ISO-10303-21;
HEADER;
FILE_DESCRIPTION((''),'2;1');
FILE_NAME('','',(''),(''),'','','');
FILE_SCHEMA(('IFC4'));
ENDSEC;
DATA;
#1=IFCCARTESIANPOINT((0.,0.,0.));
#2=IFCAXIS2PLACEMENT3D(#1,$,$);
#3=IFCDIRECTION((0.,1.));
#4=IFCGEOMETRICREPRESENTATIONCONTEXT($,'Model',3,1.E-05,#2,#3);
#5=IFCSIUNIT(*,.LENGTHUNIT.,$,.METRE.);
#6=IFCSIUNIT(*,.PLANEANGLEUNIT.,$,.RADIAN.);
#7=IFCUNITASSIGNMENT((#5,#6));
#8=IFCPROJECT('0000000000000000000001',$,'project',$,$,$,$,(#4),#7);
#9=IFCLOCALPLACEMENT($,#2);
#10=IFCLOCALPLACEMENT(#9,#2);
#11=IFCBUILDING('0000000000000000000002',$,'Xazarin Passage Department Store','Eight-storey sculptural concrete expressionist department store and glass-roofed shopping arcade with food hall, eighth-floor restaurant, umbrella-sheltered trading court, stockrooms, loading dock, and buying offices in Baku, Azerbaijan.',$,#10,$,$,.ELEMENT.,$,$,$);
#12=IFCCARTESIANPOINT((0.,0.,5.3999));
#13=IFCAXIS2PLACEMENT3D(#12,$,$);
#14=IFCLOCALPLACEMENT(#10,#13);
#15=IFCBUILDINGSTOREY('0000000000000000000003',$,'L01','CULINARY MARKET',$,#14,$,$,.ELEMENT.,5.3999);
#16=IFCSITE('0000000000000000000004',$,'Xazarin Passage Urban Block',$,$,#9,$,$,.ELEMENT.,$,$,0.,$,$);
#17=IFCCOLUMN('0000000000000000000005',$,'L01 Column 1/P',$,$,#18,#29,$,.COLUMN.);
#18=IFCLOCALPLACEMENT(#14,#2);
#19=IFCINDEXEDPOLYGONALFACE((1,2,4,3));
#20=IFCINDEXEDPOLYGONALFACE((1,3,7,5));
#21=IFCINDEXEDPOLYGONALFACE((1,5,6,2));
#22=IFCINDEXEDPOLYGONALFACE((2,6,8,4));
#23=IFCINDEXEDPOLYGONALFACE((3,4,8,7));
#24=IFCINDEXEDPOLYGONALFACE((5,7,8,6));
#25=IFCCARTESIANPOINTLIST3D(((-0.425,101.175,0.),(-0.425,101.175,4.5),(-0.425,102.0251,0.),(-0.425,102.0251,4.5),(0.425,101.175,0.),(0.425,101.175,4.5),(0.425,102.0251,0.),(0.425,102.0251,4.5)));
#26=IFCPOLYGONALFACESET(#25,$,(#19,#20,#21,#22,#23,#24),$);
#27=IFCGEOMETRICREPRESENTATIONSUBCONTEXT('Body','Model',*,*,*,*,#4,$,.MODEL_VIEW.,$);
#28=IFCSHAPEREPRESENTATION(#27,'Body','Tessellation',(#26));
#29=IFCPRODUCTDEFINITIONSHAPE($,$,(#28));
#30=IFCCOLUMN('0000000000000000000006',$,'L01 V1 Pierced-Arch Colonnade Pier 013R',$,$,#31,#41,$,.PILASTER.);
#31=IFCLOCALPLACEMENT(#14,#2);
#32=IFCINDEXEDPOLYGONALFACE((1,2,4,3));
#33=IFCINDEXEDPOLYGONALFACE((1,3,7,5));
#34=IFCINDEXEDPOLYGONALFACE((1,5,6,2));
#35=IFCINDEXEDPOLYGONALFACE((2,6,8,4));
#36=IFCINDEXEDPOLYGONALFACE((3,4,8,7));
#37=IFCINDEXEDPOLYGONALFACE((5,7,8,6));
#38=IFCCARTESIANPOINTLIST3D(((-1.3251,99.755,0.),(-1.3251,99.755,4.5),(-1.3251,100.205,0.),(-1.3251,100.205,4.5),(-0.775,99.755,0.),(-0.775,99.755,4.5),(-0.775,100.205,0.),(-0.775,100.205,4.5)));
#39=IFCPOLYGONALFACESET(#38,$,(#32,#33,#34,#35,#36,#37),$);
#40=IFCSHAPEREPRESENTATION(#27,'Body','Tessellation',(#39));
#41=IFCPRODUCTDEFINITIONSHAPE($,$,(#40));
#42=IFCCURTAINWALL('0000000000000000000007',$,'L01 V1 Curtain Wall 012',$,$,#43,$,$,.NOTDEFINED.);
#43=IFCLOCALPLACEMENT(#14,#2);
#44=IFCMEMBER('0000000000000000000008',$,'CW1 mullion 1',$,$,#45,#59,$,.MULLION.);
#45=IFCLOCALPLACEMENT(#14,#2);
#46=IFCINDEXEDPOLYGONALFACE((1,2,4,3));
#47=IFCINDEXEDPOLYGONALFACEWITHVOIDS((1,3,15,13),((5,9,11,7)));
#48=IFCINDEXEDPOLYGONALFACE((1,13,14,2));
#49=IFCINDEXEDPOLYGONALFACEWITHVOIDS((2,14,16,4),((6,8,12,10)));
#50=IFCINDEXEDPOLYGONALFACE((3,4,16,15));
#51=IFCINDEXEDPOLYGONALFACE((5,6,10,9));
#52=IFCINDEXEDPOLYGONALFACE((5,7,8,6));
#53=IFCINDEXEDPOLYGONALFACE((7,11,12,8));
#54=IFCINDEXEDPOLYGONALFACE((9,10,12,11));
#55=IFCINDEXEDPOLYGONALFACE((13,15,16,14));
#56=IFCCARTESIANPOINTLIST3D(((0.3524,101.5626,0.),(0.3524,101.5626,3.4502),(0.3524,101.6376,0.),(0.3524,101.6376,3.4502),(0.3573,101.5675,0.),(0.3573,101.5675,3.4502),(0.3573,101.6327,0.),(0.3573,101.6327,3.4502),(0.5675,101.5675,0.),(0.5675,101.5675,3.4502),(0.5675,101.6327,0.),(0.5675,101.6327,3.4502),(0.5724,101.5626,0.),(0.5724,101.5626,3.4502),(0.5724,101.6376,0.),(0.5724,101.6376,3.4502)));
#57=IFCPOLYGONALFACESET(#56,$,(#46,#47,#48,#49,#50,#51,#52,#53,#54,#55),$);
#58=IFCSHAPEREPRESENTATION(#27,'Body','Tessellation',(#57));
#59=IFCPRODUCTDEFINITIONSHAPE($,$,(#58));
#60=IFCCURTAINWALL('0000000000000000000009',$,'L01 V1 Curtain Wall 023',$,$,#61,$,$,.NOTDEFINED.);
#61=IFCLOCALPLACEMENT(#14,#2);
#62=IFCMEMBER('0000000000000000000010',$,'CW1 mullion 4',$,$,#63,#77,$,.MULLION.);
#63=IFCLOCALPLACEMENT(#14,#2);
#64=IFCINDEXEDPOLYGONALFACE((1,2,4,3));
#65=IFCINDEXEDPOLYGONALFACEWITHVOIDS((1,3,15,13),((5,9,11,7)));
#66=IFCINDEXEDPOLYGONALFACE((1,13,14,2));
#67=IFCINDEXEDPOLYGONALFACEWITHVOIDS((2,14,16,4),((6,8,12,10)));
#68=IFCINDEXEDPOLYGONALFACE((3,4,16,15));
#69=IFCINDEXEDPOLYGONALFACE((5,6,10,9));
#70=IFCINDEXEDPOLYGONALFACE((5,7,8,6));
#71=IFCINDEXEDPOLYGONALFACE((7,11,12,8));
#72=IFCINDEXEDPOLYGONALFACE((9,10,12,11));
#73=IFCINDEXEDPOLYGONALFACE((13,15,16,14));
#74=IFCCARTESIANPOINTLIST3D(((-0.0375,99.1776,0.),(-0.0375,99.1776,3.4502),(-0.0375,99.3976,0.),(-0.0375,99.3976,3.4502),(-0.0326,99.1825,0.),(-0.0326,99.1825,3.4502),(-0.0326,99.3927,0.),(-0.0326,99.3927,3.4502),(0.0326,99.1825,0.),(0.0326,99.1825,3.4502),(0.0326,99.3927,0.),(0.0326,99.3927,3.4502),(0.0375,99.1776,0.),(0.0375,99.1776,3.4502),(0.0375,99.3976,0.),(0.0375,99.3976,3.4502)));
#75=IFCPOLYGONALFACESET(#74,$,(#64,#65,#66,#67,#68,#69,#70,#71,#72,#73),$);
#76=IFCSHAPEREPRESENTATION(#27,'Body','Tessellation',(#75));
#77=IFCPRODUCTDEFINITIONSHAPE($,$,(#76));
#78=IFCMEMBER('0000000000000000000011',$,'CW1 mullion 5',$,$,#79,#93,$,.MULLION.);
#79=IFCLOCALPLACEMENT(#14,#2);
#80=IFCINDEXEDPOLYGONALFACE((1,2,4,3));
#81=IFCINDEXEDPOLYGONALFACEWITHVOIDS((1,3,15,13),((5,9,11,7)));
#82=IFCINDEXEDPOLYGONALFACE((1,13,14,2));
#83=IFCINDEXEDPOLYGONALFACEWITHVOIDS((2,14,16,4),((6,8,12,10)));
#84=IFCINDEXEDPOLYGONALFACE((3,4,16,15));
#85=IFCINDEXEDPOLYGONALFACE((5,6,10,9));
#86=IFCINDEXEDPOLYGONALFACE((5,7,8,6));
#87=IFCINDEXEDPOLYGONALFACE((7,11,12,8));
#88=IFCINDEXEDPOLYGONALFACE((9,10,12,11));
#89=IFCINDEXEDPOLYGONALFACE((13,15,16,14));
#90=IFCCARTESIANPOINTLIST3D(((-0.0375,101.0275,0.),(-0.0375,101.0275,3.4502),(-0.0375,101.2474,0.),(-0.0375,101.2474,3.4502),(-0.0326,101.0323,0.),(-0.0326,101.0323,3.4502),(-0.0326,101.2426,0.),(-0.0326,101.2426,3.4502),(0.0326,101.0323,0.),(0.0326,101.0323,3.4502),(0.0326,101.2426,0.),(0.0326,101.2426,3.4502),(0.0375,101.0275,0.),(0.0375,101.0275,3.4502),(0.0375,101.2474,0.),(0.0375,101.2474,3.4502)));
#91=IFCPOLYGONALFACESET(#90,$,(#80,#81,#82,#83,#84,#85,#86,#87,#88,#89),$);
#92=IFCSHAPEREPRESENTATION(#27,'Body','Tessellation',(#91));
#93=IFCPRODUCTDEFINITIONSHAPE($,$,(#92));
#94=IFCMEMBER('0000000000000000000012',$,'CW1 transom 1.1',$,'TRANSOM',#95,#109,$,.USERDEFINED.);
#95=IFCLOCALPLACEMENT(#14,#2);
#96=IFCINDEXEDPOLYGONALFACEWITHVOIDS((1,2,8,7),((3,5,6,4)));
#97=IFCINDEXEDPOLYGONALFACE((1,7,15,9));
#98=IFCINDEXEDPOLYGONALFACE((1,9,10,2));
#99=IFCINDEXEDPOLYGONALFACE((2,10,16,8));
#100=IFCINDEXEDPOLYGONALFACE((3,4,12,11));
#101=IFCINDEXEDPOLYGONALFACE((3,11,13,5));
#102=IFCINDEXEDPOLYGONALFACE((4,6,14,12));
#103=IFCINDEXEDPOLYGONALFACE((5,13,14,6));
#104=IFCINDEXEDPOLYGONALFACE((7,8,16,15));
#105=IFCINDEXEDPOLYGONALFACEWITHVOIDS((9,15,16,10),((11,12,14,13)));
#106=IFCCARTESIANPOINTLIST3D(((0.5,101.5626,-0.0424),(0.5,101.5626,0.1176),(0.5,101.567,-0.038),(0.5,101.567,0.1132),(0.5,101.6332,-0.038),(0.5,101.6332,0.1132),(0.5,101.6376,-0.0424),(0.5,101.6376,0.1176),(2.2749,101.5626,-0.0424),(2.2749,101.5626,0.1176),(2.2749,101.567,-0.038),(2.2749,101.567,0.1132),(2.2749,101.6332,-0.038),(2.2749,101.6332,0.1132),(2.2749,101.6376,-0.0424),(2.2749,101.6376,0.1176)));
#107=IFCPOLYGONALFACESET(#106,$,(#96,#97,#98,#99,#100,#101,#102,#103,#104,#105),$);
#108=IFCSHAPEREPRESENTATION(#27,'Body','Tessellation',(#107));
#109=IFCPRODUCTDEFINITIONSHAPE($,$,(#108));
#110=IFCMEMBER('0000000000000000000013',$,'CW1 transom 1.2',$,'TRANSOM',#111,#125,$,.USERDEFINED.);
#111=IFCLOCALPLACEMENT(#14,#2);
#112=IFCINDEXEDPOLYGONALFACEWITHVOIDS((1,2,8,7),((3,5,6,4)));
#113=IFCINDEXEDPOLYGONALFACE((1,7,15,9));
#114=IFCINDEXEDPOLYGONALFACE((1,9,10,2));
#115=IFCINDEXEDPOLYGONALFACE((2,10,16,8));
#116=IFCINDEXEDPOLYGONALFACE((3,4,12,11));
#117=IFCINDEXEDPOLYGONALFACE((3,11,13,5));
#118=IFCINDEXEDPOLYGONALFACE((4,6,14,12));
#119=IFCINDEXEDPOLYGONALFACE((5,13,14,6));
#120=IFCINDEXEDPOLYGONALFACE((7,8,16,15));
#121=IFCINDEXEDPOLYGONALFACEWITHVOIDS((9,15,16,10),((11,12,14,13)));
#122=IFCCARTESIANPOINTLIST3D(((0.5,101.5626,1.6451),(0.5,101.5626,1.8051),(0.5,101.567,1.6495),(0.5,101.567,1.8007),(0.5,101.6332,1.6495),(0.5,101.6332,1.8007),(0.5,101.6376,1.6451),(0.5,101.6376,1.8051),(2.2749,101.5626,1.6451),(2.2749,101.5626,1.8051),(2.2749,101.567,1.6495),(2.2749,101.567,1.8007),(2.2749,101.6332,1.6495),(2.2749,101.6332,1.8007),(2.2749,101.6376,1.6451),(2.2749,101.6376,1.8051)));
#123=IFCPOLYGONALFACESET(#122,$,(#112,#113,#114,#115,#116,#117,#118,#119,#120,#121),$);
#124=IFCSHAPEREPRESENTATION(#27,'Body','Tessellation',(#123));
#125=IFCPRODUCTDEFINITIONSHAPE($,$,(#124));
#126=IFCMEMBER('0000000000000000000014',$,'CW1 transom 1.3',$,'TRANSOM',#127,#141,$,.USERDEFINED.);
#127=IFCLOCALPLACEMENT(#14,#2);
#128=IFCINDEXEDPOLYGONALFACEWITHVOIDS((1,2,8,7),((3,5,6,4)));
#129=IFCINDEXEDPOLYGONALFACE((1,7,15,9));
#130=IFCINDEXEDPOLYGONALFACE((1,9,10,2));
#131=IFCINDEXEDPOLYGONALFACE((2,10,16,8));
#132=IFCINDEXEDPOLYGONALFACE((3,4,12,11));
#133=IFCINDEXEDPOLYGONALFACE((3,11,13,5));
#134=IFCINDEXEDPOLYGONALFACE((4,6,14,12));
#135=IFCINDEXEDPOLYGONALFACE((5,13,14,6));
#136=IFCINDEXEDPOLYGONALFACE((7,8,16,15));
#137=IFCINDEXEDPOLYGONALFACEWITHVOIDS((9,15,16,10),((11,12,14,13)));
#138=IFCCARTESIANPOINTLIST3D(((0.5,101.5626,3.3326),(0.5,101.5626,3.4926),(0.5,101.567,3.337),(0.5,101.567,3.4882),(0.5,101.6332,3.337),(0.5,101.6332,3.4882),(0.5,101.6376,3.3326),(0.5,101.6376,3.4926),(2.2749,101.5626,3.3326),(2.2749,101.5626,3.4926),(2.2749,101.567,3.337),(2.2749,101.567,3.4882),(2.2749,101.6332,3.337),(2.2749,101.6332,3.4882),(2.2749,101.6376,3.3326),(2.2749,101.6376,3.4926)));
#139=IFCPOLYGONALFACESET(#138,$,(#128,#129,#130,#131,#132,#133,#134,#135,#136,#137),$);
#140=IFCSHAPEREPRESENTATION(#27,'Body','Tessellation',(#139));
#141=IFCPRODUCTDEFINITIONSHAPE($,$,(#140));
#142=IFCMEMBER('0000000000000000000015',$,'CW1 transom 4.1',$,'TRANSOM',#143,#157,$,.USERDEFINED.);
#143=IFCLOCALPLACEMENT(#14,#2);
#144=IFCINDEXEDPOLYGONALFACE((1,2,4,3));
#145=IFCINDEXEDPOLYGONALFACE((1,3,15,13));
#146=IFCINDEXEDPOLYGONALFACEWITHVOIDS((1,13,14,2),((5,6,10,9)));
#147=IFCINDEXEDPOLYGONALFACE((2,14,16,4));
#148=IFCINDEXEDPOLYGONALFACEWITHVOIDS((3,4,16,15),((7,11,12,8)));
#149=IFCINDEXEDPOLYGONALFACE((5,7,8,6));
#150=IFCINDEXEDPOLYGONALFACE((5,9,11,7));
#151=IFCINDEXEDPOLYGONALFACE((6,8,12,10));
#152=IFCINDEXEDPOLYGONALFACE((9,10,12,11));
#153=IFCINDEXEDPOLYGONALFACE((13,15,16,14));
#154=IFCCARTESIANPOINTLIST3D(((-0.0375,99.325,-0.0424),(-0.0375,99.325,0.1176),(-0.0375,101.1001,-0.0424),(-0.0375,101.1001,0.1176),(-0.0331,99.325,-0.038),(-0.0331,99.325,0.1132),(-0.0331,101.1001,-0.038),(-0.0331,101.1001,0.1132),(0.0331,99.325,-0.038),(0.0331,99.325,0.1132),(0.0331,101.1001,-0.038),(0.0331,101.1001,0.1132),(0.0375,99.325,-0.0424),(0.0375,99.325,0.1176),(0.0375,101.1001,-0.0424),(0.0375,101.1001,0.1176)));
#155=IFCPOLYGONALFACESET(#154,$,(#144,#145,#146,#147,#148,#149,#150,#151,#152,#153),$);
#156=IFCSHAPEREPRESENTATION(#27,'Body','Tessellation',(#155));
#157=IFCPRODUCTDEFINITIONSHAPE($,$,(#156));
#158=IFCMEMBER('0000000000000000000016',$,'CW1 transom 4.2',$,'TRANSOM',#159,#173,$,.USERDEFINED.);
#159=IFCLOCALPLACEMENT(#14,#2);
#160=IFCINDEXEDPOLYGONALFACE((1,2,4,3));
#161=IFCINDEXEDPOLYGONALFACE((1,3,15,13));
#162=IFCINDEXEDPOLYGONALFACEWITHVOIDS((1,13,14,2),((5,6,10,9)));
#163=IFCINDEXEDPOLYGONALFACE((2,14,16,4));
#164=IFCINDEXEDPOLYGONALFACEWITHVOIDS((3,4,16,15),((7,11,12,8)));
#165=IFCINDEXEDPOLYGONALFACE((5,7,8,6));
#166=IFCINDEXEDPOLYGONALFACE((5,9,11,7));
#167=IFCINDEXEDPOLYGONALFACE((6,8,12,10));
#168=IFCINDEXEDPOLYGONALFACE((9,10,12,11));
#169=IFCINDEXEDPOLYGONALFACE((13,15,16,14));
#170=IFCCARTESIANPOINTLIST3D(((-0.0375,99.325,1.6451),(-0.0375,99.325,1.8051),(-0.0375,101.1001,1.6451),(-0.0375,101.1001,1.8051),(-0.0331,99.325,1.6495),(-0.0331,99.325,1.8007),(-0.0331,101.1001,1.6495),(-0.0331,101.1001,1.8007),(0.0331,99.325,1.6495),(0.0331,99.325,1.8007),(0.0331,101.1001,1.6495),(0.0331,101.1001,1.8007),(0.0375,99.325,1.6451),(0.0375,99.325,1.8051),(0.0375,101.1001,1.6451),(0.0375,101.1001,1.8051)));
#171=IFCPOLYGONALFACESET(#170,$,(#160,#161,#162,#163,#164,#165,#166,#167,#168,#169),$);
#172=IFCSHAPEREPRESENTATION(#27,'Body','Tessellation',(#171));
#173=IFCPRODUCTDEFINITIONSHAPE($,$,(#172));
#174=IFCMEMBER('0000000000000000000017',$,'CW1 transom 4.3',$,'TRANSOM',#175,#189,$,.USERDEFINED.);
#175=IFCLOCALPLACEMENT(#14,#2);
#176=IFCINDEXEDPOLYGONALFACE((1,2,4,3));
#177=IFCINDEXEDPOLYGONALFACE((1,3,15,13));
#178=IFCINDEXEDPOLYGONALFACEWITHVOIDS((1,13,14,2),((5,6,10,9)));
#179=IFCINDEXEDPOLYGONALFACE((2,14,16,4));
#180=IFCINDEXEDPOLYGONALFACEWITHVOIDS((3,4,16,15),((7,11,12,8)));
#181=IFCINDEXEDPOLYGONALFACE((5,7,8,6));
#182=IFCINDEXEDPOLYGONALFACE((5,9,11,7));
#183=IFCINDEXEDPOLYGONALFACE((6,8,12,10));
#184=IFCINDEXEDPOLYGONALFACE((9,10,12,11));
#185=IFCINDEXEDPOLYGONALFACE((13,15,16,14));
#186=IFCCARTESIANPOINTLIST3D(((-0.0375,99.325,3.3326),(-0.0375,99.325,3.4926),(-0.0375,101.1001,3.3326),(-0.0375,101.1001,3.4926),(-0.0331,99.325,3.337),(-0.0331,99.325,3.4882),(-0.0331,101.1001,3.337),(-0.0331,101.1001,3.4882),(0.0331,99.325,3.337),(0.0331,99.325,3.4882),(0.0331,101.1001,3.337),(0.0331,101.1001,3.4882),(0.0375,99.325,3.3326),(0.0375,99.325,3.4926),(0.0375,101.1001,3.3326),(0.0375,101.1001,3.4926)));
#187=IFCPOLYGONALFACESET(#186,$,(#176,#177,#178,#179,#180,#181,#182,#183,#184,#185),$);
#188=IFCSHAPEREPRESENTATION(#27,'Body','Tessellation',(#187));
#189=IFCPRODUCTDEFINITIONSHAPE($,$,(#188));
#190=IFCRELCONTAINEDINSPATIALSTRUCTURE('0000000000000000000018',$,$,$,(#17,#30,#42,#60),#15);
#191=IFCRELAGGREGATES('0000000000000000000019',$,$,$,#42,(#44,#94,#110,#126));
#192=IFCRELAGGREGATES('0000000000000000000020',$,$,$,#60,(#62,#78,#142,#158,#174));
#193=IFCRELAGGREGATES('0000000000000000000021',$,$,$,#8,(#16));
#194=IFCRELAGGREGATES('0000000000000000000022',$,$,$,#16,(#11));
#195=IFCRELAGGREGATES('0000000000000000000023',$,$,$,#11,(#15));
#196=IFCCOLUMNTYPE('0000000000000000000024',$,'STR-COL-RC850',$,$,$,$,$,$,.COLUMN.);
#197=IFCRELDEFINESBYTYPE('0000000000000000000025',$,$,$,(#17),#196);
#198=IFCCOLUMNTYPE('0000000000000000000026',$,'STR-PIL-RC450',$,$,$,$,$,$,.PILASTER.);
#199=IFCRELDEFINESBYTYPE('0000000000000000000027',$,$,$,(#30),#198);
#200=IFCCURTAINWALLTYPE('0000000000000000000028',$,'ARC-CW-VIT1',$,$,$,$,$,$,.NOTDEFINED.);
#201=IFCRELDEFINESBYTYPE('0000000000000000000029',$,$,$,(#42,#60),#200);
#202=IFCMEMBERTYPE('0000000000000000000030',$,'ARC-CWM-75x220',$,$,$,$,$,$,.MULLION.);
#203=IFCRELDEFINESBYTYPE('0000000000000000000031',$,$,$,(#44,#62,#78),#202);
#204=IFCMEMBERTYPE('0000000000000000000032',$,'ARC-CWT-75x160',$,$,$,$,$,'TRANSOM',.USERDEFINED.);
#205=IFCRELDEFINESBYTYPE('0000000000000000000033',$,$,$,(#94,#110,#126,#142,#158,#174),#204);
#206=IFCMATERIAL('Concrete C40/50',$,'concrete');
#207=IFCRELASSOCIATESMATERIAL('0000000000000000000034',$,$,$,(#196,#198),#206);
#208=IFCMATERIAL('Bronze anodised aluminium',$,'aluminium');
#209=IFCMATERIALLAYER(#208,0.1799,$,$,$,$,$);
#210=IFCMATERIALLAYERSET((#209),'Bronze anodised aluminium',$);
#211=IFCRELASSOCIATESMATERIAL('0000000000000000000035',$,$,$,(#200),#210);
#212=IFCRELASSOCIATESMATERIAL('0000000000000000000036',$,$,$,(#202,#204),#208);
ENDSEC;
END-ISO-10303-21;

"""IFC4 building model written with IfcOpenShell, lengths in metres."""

from ifc_helpers import new_model, si_unit, direction, frame, origin, origin_2d, place, context, subcontext, project, spatial, rectangle, hollow_rectangle, extrude, material, layer, layer_set, material_profile, profile_set, type_object, element, aggregate, save


model = new_model("IFC4")

# Units and contexts
model_context = context("Model", 3, precision=1e-05, world=origin(), true_north=direction((0.0, 1.0)))
body_context = subcontext(model_context, "Body", "Model", "MODEL_VIEW")
ifc_project = project(units=[si_unit("LENGTHUNIT", "METRE"), si_unit("PLANEANGLEUNIT", "RADIAN")], contexts=[model_context])

# Site, building, storey
site_placement = place(None, origin())
site = spatial("IfcSite", under=ifc_project, at=site_placement, Name="Xazarin Passage Urban Block", CompositionType="ELEMENT", RefElevation=0.0)
building_placement = place(site_placement, origin())
building = spatial("IfcBuilding", under=site, at=building_placement, Name="Xazarin Passage Department Store", Description="Eight-storey sculptural concrete expressionist department store and glass-roofed shopping arcade with food hall, eighth-floor restaurant, umbrella-sheltered trading court, stockrooms, loading dock, and buying offices in Baku, Azerbaijan.", CompositionType="ELEMENT")
storey_placement = place(building_placement, frame((0.0, 0.0, 5.3999)))
storey = spatial("IfcBuildingStorey", under=building, at=storey_placement, Name="L01", Description="CULINARY MARKET", CompositionType="ELEMENT", Elevation=5.3999)

# Columns
ifc_material_1 = material(Name="Concrete C40/50", Category="concrete")
ifc_material_profile_1 = material_profile(ifc_material_1, rectangle(XDim=0.8501, YDim=0.8501, at=origin_2d()), Name="RC 850x850")
ifc_profile_set_1 = profile_set([ifc_material_profile_1], Name="Concrete C40/50")
column_type_1 = type_object("IfcColumnType", Name="STR-COL-RC850", PredefinedType="COLUMN", material=ifc_profile_set_1)
column_1_placement = place(storey_placement, frame((0.0, 101.6001, 0.0), z_axis=(0.0, 0.0, 1.0), x_axis=(1.0, 0.0, 0.0)))
element("IfcColumn", 1, at=column_1_placement, inside=storey, type_object=column_type_1, Name="L01 Column 1/P", PredefinedType="COLUMN", context=body_context, shape_type="SweptSolid", body=[
    extrude(rectangle(XDim=0.8501, YDim=0.8501, at=origin_2d()), origin(), (0.0, 0.0, 1.0), 4.5),
])
ifc_material_profile_2 = material_profile(ifc_material_1, rectangle(XDim=0.45, YDim=0.55, at=origin_2d()), Name="RC 450x550")
ifc_profile_set_2 = profile_set([ifc_material_profile_2], Name="Concrete C40/50")
column_type_2 = type_object("IfcColumnType", Name="STR-PIL-RC450", PredefinedType="PILASTER", material=ifc_profile_set_2)
column_2_placement = place(storey_placement, frame((-1.05, 99.98, 0.0), z_axis=(0.0, 0.0, 1.0), x_axis=(0.0, 1.0, 0.0)))
element("IfcColumn", 2, at=column_2_placement, inside=storey, type_object=column_type_2, Name="L01 V1 Pierced-Arch Colonnade Pier 013R", PredefinedType="PILASTER", context=body_context, shape_type="SweptSolid", body=[
    extrude(rectangle(XDim=0.45, YDim=0.55, at=origin_2d()), origin(), (0.0, 0.0, 1.0), 4.5),
])

# Curtain wall, member
ifc_material_2 = material(Name="Bronze anodised aluminium", Category="aluminium")
ifc_layer_1 = layer(ifc_material_2, 0.1799)
ifc_layer_set_1 = layer_set([ifc_layer_1], Name="Bronze anodised aluminium")
curtain_wall_type = type_object("IfcCurtainWallType", Name="ARC-CW-VIT1", PredefinedType="NOTDEFINED", material=ifc_layer_set_1)
curtain_wall_1_placement = place(storey_placement, origin())
curtain_wall_1 = element("IfcCurtainWall", 3, at=curtain_wall_1_placement, inside=storey, type_object=curtain_wall_type, Name="L01 V1 Curtain Wall 012", PredefinedType="NOTDEFINED")
ifc_material_profile_3 = material_profile(ifc_material_2, hollow_rectangle(XDim=0.075, YDim=0.22, WallThickness=0.0049, at=origin_2d()), Name="ALU 75x220")
ifc_profile_set_3 = profile_set([ifc_material_profile_3], Name="Bronze anodised aluminium")
member_type_1 = type_object("IfcMemberType", Name="ARC-CWM-75x220", PredefinedType="MULLION", material=ifc_profile_set_3)
member_1_placement = place(storey_placement, frame((0.4624, 101.6001, 0.0), z_axis=(0.0, 0.0, 1.0), x_axis=(0.0, 1.0, 0.0)))
member_1 = element("IfcMember", 4, at=member_1_placement, type_object=member_type_1, Name="CW1 mullion 1", PredefinedType="MULLION", context=body_context, shape_type="SweptSolid", body=[
    extrude(hollow_rectangle(XDim=0.075, YDim=0.22, WallThickness=0.0049, at=origin_2d()), origin(), (0.0, 0.0, 1.0), 3.4502),
])

# Curtain wall, members
curtain_wall_2_placement = place(storey_placement, origin())
curtain_wall_2 = element("IfcCurtainWall", 5, at=curtain_wall_2_placement, inside=storey, type_object=curtain_wall_type, Name="L01 V1 Curtain Wall 023", PredefinedType="NOTDEFINED")
member_2_placement = place(storey_placement, frame((0.0, 99.2876, 0.0), z_axis=(0.0, 0.0, 1.0), x_axis=(-1.0, 0.0, 0.0)))
member_2 = element("IfcMember", 6, at=member_2_placement, type_object=member_type_1, Name="CW1 mullion 4", PredefinedType="MULLION", context=body_context, shape_type="SweptSolid", body=[
    extrude(hollow_rectangle(XDim=0.075, YDim=0.22, WallThickness=0.0049, at=origin_2d()), origin(), (0.0, 0.0, 1.0), 3.4502),
])
member_3_placement = place(storey_placement, frame((0.0, 101.1375, 0.0), z_axis=(0.0, 0.0, 1.0), x_axis=(-1.0, 0.0, 0.0)))
member_3 = element("IfcMember", 7, at=member_3_placement, type_object=member_type_1, Name="CW1 mullion 5", PredefinedType="MULLION", context=body_context, shape_type="SweptSolid", body=[
    extrude(hollow_rectangle(XDim=0.075, YDim=0.22, WallThickness=0.0049, at=origin_2d()), origin(), (0.0, 0.0, 1.0), 3.4502),
])

# Members
ifc_material_profile_4 = material_profile(ifc_material_2, hollow_rectangle(XDim=0.075, YDim=0.1599, WallThickness=0.0044, at=origin_2d()), Name="ALU 75x160")
ifc_profile_set_4 = profile_set([ifc_material_profile_4], Name="Bronze anodised aluminium")
member_type_2 = type_object("IfcMemberType", Name="ARC-CWT-75x160", ElementType="TRANSOM", PredefinedType="USERDEFINED", material=ifc_profile_set_4)
member_4_placement = place(storey_placement, frame((0.5, 101.6001, 0.0376), z_axis=(1.0, 0.0, 0.0), x_axis=(0.0, 1.0, 0.0)))
member_4 = element("IfcMember", 8, at=member_4_placement, type_object=member_type_2, Name="CW1 transom 1.1", ObjectType="TRANSOM", PredefinedType="USERDEFINED", context=body_context, shape_type="SweptSolid", body=[
    extrude(hollow_rectangle(XDim=0.075, YDim=0.1599, WallThickness=0.0044, at=origin_2d()), origin(), (0.0, 0.0, 1.0), 1.7749),
])
member_5_placement = place(storey_placement, frame((0.5, 101.6001, 1.7251), z_axis=(1.0, 0.0, 0.0), x_axis=(0.0, 1.0, 0.0)))
member_5 = element("IfcMember", 9, at=member_5_placement, type_object=member_type_2, Name="CW1 transom 1.2", ObjectType="TRANSOM", PredefinedType="USERDEFINED", context=body_context, shape_type="SweptSolid", body=[
    extrude(hollow_rectangle(XDim=0.075, YDim=0.1599, WallThickness=0.0044, at=origin_2d()), origin(), (0.0, 0.0, 1.0), 1.7749),
])
member_6_placement = place(storey_placement, frame((0.5, 101.6001, 3.4126), z_axis=(1.0, 0.0, 0.0), x_axis=(0.0, 1.0, 0.0)))
member_6 = element("IfcMember", 10, at=member_6_placement, type_object=member_type_2, Name="CW1 transom 1.3", ObjectType="TRANSOM", PredefinedType="USERDEFINED", context=body_context, shape_type="SweptSolid", body=[
    extrude(hollow_rectangle(XDim=0.075, YDim=0.1599, WallThickness=0.0044, at=origin_2d()), origin(), (0.0, 0.0, 1.0), 1.7749),
])
member_7_placement = place(storey_placement, frame((0.0, 99.325, 0.0376), z_axis=(0.0, 1.0, 0.0), x_axis=(-1.0, 0.0, 0.0)))
member_7 = element("IfcMember", 11, at=member_7_placement, type_object=member_type_2, Name="CW1 transom 4.1", ObjectType="TRANSOM", PredefinedType="USERDEFINED", context=body_context, shape_type="SweptSolid", body=[
    extrude(hollow_rectangle(XDim=0.075, YDim=0.1599, WallThickness=0.0044, at=origin_2d()), origin(), (0.0, 0.0, 1.0), 1.7751),
])
member_8_placement = place(storey_placement, frame((0.0, 99.325, 1.7251), z_axis=(0.0, 1.0, 0.0), x_axis=(-1.0, 0.0, 0.0)))
member_8 = element("IfcMember", 12, at=member_8_placement, type_object=member_type_2, Name="CW1 transom 4.2", ObjectType="TRANSOM", PredefinedType="USERDEFINED", context=body_context, shape_type="SweptSolid", body=[
    extrude(hollow_rectangle(XDim=0.075, YDim=0.1599, WallThickness=0.0044, at=origin_2d()), origin(), (0.0, 0.0, 1.0), 1.7751),
])
member_9_placement = place(storey_placement, frame((0.0, 99.325, 3.4126), z_axis=(0.0, 1.0, 0.0), x_axis=(-1.0, 0.0, 0.0)))
member_9 = element("IfcMember", 13, at=member_9_placement, type_object=member_type_2, Name="CW1 transom 4.3", ObjectType="TRANSOM", PredefinedType="USERDEFINED", context=body_context, shape_type="SweptSolid", body=[
    extrude(hollow_rectangle(XDim=0.075, YDim=0.1599, WallThickness=0.0044, at=origin_2d()), origin(), (0.0, 0.0, 1.0), 1.7751),
])

aggregate(curtain_wall_1, [member_1, member_4, member_5, member_6])
aggregate(curtain_wall_2, [member_2, member_3, member_7, member_8, member_9])

save(model, "model.ifc")
